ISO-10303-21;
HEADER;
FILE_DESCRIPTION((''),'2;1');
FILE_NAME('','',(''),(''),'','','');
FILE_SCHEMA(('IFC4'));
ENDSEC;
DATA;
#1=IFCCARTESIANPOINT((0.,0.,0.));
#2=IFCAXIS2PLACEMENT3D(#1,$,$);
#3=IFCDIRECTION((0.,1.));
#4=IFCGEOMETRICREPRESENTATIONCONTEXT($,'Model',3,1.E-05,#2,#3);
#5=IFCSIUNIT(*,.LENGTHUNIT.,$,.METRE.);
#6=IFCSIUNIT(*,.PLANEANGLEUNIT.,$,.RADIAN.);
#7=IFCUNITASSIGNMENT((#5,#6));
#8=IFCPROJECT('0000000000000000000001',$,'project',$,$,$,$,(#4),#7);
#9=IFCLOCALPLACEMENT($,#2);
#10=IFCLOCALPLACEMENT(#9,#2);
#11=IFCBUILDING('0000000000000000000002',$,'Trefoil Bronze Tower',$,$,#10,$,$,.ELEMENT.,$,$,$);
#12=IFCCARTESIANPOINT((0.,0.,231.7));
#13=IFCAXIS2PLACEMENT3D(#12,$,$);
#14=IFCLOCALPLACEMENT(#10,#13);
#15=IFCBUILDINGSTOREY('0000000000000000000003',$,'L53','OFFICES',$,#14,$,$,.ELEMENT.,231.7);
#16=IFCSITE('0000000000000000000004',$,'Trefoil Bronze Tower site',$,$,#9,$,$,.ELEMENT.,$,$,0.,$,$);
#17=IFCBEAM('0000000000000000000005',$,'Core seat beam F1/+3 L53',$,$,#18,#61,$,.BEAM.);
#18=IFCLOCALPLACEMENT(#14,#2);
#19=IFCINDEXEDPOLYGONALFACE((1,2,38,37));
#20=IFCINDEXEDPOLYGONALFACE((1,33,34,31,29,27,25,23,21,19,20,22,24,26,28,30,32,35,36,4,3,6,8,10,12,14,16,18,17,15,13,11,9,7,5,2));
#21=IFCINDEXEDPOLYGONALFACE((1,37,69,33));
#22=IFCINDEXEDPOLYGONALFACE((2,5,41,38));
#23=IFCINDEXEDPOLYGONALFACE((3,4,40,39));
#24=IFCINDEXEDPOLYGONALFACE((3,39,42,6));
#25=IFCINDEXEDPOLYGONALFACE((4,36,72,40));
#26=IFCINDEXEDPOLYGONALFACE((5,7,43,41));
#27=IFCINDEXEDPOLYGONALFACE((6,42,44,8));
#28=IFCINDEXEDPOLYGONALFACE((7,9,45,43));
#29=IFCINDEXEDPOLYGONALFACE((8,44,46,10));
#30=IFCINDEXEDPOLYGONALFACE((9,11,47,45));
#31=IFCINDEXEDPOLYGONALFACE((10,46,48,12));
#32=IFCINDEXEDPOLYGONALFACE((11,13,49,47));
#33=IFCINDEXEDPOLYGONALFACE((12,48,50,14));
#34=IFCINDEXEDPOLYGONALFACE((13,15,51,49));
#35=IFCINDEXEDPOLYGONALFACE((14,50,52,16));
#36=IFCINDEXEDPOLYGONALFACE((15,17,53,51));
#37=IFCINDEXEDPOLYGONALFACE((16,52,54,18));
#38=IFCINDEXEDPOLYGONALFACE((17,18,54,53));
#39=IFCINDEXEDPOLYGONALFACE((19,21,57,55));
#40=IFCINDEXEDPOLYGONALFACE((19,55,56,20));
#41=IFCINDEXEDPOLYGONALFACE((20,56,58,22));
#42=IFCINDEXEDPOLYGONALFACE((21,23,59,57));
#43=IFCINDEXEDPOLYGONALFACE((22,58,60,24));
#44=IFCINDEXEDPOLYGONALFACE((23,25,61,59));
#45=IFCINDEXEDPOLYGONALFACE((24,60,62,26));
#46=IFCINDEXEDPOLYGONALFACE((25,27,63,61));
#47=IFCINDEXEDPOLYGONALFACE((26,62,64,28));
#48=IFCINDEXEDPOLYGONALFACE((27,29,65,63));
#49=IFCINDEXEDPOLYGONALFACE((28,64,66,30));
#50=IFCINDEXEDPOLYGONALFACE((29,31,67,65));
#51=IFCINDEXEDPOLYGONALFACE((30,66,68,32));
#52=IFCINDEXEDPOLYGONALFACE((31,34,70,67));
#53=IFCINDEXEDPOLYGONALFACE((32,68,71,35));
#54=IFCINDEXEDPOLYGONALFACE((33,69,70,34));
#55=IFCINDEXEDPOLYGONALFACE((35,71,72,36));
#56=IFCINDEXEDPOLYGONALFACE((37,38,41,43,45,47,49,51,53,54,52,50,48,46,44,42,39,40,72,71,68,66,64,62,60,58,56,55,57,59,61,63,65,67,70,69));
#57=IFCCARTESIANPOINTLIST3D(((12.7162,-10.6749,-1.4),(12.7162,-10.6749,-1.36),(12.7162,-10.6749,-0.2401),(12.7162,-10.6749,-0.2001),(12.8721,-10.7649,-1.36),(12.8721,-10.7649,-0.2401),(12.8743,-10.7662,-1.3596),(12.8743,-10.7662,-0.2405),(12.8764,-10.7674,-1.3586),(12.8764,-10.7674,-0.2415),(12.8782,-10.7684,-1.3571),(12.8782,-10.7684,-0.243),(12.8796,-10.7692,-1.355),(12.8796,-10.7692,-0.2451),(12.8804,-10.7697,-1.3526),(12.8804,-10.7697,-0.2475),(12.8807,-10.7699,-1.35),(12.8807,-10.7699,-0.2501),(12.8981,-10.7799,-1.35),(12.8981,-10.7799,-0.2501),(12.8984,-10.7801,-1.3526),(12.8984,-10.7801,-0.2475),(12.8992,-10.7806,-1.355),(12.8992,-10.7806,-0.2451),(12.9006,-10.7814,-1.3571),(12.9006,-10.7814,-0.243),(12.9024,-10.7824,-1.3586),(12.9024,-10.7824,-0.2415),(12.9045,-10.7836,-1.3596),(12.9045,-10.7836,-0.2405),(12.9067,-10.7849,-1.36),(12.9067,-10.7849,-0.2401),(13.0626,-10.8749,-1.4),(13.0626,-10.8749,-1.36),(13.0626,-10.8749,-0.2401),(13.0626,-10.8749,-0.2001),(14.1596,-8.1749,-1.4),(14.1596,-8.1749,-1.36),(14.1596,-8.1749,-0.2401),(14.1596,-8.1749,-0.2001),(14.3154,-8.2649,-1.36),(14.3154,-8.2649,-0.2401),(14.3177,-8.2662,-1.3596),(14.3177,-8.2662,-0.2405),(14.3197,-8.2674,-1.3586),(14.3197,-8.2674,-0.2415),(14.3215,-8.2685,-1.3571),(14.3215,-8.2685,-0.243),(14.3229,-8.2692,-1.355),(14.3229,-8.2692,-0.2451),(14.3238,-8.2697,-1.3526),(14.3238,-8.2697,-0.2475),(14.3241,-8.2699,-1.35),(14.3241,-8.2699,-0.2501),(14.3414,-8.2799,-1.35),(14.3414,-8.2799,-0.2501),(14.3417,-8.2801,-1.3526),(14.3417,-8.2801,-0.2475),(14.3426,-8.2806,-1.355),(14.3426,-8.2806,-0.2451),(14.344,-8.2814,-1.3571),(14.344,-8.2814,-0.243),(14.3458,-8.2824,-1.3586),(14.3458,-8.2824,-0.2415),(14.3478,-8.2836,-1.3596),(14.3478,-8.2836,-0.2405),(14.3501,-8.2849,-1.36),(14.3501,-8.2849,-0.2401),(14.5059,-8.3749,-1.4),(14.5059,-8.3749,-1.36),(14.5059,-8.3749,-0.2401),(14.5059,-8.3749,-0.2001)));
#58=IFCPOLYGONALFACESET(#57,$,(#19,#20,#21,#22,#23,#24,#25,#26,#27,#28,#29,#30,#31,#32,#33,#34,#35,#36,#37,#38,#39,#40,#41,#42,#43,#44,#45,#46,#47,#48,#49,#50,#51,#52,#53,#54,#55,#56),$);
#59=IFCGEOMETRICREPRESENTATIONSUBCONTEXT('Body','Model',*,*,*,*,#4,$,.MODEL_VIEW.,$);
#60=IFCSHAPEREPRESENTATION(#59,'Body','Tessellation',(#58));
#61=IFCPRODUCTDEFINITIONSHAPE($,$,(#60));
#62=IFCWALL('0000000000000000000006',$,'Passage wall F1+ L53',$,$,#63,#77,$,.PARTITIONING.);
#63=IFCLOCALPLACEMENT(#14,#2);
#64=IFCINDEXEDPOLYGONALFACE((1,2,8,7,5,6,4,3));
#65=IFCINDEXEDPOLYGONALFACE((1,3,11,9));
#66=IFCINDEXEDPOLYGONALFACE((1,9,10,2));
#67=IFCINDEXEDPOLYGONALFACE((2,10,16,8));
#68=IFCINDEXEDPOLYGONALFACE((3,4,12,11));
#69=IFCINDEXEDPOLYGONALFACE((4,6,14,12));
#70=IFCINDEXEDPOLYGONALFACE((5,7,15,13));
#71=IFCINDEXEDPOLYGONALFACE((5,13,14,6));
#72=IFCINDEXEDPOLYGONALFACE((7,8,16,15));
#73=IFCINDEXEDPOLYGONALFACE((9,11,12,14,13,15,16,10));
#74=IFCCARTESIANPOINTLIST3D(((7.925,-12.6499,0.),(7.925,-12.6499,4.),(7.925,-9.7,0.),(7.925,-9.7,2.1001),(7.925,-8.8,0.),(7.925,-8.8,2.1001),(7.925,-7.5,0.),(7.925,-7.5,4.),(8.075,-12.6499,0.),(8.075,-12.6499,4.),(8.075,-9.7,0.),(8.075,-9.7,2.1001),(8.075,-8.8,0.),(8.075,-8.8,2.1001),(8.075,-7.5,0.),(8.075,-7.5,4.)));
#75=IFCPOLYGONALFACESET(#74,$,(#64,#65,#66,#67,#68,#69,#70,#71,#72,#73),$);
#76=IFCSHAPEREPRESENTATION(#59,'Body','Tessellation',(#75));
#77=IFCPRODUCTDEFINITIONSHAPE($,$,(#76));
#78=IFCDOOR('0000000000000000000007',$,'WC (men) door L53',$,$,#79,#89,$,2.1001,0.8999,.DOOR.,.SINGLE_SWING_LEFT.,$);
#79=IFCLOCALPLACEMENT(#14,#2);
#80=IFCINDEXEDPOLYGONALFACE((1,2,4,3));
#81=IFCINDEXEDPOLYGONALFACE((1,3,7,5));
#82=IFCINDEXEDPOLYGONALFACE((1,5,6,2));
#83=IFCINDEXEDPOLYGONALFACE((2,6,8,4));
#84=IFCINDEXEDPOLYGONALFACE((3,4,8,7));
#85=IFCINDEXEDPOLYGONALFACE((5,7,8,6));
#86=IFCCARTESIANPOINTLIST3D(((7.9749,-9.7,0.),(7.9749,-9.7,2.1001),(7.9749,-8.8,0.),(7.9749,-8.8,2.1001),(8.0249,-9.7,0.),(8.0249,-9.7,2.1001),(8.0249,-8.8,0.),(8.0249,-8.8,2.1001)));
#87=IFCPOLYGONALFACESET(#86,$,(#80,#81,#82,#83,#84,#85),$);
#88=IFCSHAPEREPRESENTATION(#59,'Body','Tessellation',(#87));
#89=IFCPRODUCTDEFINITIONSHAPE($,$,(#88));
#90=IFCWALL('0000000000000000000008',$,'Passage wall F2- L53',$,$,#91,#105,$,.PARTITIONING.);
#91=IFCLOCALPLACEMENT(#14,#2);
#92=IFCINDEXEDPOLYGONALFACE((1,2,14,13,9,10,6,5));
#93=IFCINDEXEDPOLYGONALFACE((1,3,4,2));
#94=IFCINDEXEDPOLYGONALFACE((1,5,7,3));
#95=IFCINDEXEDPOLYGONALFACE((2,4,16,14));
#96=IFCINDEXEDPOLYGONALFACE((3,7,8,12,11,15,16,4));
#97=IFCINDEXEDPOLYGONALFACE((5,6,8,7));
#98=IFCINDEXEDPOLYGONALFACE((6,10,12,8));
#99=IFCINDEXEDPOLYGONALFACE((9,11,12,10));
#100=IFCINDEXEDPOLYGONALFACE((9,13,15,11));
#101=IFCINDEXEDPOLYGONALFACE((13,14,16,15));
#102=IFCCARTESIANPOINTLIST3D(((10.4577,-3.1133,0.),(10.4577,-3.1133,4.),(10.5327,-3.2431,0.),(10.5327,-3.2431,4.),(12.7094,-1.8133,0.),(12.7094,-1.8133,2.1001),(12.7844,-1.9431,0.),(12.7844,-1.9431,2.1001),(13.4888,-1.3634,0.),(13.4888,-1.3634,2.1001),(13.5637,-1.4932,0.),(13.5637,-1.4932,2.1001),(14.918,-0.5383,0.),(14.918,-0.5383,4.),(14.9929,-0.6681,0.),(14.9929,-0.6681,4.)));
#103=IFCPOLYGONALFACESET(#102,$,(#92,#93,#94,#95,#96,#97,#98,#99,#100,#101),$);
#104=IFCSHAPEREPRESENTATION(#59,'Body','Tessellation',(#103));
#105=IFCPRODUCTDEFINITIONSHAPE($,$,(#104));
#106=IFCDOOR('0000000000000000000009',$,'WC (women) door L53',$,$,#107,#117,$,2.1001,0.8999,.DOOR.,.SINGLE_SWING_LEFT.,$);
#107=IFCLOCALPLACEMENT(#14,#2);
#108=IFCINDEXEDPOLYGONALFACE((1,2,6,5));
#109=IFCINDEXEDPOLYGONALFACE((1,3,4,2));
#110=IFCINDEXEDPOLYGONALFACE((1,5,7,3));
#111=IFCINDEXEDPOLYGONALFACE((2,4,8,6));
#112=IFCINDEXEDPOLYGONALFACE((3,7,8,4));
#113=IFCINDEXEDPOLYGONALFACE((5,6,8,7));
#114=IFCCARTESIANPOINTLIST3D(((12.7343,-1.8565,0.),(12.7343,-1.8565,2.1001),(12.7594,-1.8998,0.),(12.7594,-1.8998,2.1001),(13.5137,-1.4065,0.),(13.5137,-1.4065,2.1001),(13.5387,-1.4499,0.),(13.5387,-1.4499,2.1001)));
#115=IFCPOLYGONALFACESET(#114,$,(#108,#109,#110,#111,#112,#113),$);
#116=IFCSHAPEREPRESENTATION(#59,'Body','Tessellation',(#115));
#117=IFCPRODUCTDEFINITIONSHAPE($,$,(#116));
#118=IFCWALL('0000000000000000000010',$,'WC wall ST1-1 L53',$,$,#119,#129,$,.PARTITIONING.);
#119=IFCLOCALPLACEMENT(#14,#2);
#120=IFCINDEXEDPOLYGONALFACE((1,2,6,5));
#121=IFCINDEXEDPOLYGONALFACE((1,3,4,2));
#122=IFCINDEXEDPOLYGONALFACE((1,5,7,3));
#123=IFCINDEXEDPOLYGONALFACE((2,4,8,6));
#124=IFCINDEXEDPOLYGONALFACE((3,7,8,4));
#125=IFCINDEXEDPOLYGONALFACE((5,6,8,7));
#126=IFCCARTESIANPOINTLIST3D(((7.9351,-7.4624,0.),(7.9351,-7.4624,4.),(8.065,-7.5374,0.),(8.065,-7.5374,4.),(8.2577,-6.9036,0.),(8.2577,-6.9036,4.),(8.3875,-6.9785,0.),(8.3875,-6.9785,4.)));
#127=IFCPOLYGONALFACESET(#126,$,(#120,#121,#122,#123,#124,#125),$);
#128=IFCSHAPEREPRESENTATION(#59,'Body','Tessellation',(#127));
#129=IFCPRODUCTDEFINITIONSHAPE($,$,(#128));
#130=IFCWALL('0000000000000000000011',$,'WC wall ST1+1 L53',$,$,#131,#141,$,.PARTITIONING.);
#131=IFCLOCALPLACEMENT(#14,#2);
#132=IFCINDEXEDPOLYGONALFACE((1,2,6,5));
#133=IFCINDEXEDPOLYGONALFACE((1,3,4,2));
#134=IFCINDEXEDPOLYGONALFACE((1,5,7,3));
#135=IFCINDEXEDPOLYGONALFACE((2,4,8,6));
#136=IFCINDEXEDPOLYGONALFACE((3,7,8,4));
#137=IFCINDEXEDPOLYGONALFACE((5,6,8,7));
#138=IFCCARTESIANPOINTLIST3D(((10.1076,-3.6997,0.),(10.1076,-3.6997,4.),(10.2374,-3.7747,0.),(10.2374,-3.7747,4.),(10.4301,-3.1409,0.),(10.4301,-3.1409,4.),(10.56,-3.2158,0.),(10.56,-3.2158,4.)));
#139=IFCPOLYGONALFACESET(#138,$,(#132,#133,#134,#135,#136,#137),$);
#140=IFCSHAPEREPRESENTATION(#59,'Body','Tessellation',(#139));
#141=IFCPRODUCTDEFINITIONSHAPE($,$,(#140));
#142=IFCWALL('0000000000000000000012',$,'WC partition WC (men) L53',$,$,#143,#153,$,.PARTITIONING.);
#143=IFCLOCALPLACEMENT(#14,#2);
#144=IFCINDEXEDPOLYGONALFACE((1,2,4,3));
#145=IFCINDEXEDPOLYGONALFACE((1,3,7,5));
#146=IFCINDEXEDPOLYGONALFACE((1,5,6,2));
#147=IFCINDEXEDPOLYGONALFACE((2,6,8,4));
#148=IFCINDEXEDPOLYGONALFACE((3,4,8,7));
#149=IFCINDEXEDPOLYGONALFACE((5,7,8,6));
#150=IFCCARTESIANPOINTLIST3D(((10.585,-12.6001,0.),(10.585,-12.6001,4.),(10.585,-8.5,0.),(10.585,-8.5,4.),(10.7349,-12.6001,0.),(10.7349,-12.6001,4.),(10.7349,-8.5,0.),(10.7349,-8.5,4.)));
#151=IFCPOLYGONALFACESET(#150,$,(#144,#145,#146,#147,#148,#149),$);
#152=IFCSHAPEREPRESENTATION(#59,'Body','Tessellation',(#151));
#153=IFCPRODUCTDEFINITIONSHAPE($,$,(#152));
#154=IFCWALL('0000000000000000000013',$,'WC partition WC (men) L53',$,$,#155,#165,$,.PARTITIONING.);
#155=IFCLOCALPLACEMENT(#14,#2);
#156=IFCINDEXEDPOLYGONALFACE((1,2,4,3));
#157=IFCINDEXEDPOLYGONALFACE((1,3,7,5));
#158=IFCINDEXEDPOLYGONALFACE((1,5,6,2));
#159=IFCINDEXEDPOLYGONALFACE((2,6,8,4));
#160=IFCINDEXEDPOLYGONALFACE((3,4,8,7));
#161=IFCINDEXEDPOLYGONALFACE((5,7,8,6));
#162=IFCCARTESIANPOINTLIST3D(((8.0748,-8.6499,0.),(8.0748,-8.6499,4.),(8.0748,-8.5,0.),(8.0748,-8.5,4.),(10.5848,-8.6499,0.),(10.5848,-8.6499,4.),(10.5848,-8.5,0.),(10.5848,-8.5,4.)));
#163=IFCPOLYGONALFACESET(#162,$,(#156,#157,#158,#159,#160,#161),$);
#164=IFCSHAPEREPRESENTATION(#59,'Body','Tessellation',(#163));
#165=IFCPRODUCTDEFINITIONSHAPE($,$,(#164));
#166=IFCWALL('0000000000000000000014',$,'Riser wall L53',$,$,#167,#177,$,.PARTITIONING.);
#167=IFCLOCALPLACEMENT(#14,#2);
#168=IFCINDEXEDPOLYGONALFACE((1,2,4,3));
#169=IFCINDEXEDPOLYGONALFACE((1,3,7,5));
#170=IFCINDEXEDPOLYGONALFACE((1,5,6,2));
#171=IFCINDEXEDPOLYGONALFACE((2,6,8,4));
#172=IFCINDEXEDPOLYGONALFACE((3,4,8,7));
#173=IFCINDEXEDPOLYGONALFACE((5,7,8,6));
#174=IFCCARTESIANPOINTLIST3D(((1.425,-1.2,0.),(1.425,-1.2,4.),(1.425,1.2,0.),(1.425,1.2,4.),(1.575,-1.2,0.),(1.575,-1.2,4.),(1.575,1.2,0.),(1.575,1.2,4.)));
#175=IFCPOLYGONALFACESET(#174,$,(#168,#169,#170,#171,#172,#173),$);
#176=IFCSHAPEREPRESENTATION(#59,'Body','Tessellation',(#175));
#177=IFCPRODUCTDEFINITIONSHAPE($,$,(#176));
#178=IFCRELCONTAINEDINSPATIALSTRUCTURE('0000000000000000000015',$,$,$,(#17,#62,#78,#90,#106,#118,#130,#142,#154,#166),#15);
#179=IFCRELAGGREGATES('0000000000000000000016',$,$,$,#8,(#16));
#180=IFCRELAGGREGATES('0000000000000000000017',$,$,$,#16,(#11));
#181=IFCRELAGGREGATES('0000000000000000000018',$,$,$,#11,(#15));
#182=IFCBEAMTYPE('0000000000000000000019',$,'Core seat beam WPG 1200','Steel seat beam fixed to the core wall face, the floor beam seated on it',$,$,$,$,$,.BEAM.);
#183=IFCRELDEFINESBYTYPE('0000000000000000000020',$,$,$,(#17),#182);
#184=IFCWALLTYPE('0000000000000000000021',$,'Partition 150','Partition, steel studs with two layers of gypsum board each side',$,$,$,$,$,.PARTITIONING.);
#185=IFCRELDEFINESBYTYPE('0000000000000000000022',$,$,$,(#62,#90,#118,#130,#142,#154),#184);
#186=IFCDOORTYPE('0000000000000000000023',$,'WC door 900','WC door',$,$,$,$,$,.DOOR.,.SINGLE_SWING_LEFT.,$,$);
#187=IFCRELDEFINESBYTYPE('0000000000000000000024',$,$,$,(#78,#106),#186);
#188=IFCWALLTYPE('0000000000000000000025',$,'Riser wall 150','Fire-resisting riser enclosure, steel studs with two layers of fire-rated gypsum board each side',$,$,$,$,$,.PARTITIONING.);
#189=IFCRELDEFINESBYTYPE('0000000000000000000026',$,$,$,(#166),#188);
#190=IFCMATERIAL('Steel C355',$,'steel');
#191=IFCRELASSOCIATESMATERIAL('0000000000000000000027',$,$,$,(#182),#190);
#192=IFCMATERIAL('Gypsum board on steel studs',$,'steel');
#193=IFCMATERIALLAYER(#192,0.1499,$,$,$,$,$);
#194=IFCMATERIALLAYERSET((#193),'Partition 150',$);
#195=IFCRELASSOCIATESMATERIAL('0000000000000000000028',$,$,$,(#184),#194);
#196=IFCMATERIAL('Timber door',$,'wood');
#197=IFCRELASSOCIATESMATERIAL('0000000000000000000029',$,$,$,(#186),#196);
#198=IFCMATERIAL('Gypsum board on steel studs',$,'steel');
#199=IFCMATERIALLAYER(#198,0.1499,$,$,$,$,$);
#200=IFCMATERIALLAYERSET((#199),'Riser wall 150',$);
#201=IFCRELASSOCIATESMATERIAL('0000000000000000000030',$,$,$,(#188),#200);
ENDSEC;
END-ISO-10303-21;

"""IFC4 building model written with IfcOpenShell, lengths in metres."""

from ifc_helpers import new_model, si_unit, direction, frame, frame_2d, origin, origin_2d, place, context, subcontext, project, spatial, rectangle, i_section, extrude, material, layer, layer_set, material_profile, profile_set, type_object, element, fill, save


model = new_model("IFC4")

# Units and contexts
model_context = context("Model", 3, precision=1e-05, world=origin(), true_north=direction((0.0, 1.0)))
body_context = subcontext(model_context, "Body", "Model", "MODEL_VIEW")
ifc_project = project(units=[si_unit("LENGTHUNIT", "METRE"), si_unit("PLANEANGLEUNIT", "RADIAN")], contexts=[model_context])

# Site, building, storey
site_placement = place(None, origin())
site = spatial("IfcSite", under=ifc_project, at=site_placement, Name="Trefoil Bronze Tower site", CompositionType="ELEMENT", RefElevation=0.0)
building_placement = place(site_placement, origin())
building = spatial("IfcBuilding", under=site, at=building_placement, Name="Trefoil Bronze Tower", CompositionType="ELEMENT")
storey_placement = place(building_placement, frame((0.0, 0.0, 231.7)))
storey = spatial("IfcBuildingStorey", under=building, at=storey_placement, Name="L53", Description="OFFICES", CompositionType="ELEMENT", Elevation=231.7)

# Beam
ifc_material_1 = material(Name="Steel C355", Category="steel")
ifc_material_profile = material_profile(ifc_material_1, i_section(OverallWidth=0.3999, OverallDepth=1.2, WebThickness=0.02, FlangeThickness=0.04, FilletRadius=0.01, at=origin_2d()), Name="WPG 1200")
ifc_profile_set = profile_set([ifc_material_profile], Name="Steel C355")
beam_type = type_object("IfcBeamType", Name="Core seat beam WPG 1200", Description="Steel seat beam fixed to the core wall face, the floor beam seated on it", PredefinedType="BEAM", material=ifc_profile_set)
beam_placement = place(storey_placement, frame((12.8894, -10.7749, -0.8), z_axis=(0.499996, 0.866028, 0.0), x_axis=(-0.866028, 0.499996, 0.0)))
element("IfcBeam", 1, at=beam_placement, inside=storey, type_object=beam_type, Name="Core seat beam F1/+3 L53", PredefinedType="BEAM", context=body_context, shape_type="SweptSolid", body=[
    extrude(i_section(OverallWidth=0.3999, OverallDepth=1.2, WebThickness=0.02, FlangeThickness=0.04, FilletRadius=0.01, at=origin_2d()), origin(), (0.0, 0.0, 1.0), 2.8867),
])

# Walls, openings, doors
ifc_material_2 = material(Name="Gypsum board on steel studs", Category="steel")
ifc_layer_1 = layer(ifc_material_2, 0.1499)
ifc_layer_set_1 = layer_set([ifc_layer_1], Name="Partition 150")
wall_type_1 = type_object("IfcWallType", Name="Partition 150", Description="Partition, steel studs with two layers of gypsum board each side", PredefinedType="PARTITIONING", material=ifc_layer_set_1)
wall_1_placement = place(storey_placement, frame((8.0, -7.5, 0.0), z_axis=(0.0, 0.0, 1.0), x_axis=(0.0, -1.0, 0.0)))
wall_1 = element("IfcWall", 2, at=wall_1_placement, inside=storey, type_object=wall_type_1, Name="Passage wall F1+ L53", PredefinedType="PARTITIONING", context=body_context, shape_type="SweptSolid", body=[
    extrude(rectangle(XDim=5.1499, YDim=0.1499, at=frame_2d((2.575, 0.0))), origin(), (0.0, 0.0, 1.0), 4.0),
])
opening_1_placement = place(wall_1_placement, frame((1.3, 0.0, 0.0)))
opening_1 = element("IfcOpeningElement", 3, at=opening_1_placement, cuts=wall_1, PredefinedType="OPENING", context=body_context, shape_type="SweptSolid", body=[
    extrude(rectangle(XDim=0.8999, YDim=2.1001, at=frame_2d((0.45, 1.05))), frame((0.0, 0.085, 0.0), z_axis=(0.0, -1.0, 0.0), x_axis=(1.0, 0.0, 0.0)), (0.0, 0.0, 1.0), 0.1699),
])
ifc_material_3 = material(Name="Timber door", Category="wood")
door_type_1 = type_object("IfcDoorType", Name="WC door 900", Description="WC door", OperationType="SINGLE_SWING_LEFT", PredefinedType="DOOR", material=ifc_material_3)
door_1_placement = place(opening_1_placement, origin())
door_1 = element("IfcDoor", 4, at=door_1_placement, inside=storey, type_object=door_type_1, Name="WC (men) door L53", OperationType="SINGLE_SWING_LEFT", OverallHeight=2.1001, OverallWidth=0.8999, PredefinedType="DOOR", context=body_context, shape_type="SweptSolid", body=[
    extrude(rectangle(XDim=0.8999, YDim=2.1001, at=frame_2d((0.45, 1.05))), frame((0.0, 0.0249, 0.0), z_axis=(0.0, -1.0, 0.0), x_axis=(1.0, 0.0, 0.0)), (0.0, 0.0, 1.0), 0.05),
])
fill(opening_1, door_1)
wall_2_placement = place(storey_placement, frame((10.4951, -3.1782, 0.0), z_axis=(0.0, 0.0, 1.0), x_axis=(0.866038, 0.499978, 0.0)))
wall_2 = element("IfcWall", 5, at=wall_2_placement, inside=storey, type_object=wall_type_1, Name="Passage wall F2- L53", PredefinedType="PARTITIONING", context=body_context, shape_type="SweptSolid", body=[
    extrude(rectangle(XDim=5.1501, YDim=0.1499, at=frame_2d((2.5752, 0.0))), origin(), (0.0, 0.0, 1.0), 4.0),
])
opening_2_placement = place(wall_2_placement, frame((2.6001, 0.0, 0.0)))
opening_2 = element("IfcOpeningElement", 6, at=opening_2_placement, cuts=wall_2, PredefinedType="OPENING", context=body_context, shape_type="SweptSolid", body=[
    extrude(rectangle(XDim=0.8999, YDim=2.1001, at=frame_2d((0.45, 1.05))), frame((0.0, 0.085, 0.0), z_axis=(0.0, -1.0, 0.0), x_axis=(1.0, 0.0, 0.0)), (0.0, 0.0, 1.0), 0.1699),
])
door_2_placement = place(opening_2_placement, frame((0.8999, 0.0, 0.0), z_axis=(0.0, 0.0, 1.0), x_axis=(-1.0, 0.0, 0.0)))
door_2 = element("IfcDoor", 7, at=door_2_placement, inside=storey, type_object=door_type_1, Name="WC (women) door L53", OperationType="SINGLE_SWING_LEFT", OverallHeight=2.1001, OverallWidth=0.8999, PredefinedType="DOOR", context=body_context, shape_type="SweptSolid", body=[
    extrude(rectangle(XDim=0.8999, YDim=2.1001, at=frame_2d((0.45, 1.05))), frame((0.0, 0.0249, 0.0), z_axis=(0.0, -1.0, 0.0), x_axis=(1.0, 0.0, 0.0)), (0.0, 0.0, 1.0), 0.05),
])
fill(opening_2, door_2)

# Walls
for number, where, z_axis, x_axis, name in (
    (8, (8.0, -7.5, 0.0), (0.0, 0.0, 1.0), (0.499843, 0.866116, 0.0), "WC wall ST1-1 L53"),
    (9, (10.4951, -3.1782, 0.0), (0.0, 0.0, 1.0), (-0.499843, -0.866116, 0.0), "WC wall ST1+1 L53"),
):
    element("IfcWall", number, at=place(storey_placement, frame(where, z_axis=z_axis, x_axis=x_axis)), inside=storey, type_object=wall_type_1, Name=name, PredefinedType="PARTITIONING", context=body_context, shape_type="SweptSolid", body=[
        extrude(rectangle(XDim=0.6453, YDim=0.1499, at=frame_2d((0.3228, 0.0))), origin(), (0.0, 0.0, 1.0), 4.0),
    ])
wall_3_placement = place(storey_placement, frame((10.6599, -8.5, 0.0), z_axis=(0.0, 0.0, 1.0), x_axis=(0.0, -1.0, 0.0)))
element("IfcWall", 10, at=wall_3_placement, inside=storey, type_object=wall_type_1, Name="WC partition WC (men) L53", PredefinedType="PARTITIONING", context=body_context, shape_type="SweptSolid", body=[
    extrude(rectangle(XDim=4.1001, YDim=0.1499, at=frame_2d((2.05, 0.0))), origin(), (0.0, 0.0, 1.0), 4.0),
])
wall_4_placement = place(storey_placement, frame((8.075, -8.575, 0.0), z_axis=(0.0, 0.0, 1.0), x_axis=(1.0, 0.0, 0.0)))
element("IfcWall", 11, at=wall_4_placement, inside=storey, type_object=wall_type_1, Name="WC partition WC (men) L53", PredefinedType="PARTITIONING", context=body_context, shape_type="SweptSolid", body=[
    extrude(rectangle(XDim=2.51, YDim=0.1499, at=frame_2d((1.2549, 0.0))), origin(), (0.0, 0.0, 1.0), 4.0),
])
ifc_material_4 = material(Name="Gypsum board on steel studs", Category="steel")
ifc_layer_2 = layer(ifc_material_4, 0.1499)
ifc_layer_set_2 = layer_set([ifc_layer_2], Name="Riser wall 150")
wall_type_2 = type_object("IfcWallType", Name="Riser wall 150", Description="Fire-resisting riser enclosure, steel studs with two layers of fire-rated gypsum board each side", PredefinedType="PARTITIONING", material=ifc_layer_set_2)
wall_5_placement = place(storey_placement, frame((1.5, -1.2, 0.0), z_axis=(0.0, 0.0, 1.0), x_axis=(0.0, 1.0, 0.0)))
element("IfcWall", 12, at=wall_5_placement, inside=storey, type_object=wall_type_2, Name="Riser wall L53", PredefinedType="PARTITIONING", context=body_context, shape_type="SweptSolid", body=[
    extrude(rectangle(XDim=2.3999, YDim=0.1499, at=frame_2d((1.2, 0.0))), origin(), (0.0, 0.0, 1.0), 4.0),
])

save(model, "model.ifc")
